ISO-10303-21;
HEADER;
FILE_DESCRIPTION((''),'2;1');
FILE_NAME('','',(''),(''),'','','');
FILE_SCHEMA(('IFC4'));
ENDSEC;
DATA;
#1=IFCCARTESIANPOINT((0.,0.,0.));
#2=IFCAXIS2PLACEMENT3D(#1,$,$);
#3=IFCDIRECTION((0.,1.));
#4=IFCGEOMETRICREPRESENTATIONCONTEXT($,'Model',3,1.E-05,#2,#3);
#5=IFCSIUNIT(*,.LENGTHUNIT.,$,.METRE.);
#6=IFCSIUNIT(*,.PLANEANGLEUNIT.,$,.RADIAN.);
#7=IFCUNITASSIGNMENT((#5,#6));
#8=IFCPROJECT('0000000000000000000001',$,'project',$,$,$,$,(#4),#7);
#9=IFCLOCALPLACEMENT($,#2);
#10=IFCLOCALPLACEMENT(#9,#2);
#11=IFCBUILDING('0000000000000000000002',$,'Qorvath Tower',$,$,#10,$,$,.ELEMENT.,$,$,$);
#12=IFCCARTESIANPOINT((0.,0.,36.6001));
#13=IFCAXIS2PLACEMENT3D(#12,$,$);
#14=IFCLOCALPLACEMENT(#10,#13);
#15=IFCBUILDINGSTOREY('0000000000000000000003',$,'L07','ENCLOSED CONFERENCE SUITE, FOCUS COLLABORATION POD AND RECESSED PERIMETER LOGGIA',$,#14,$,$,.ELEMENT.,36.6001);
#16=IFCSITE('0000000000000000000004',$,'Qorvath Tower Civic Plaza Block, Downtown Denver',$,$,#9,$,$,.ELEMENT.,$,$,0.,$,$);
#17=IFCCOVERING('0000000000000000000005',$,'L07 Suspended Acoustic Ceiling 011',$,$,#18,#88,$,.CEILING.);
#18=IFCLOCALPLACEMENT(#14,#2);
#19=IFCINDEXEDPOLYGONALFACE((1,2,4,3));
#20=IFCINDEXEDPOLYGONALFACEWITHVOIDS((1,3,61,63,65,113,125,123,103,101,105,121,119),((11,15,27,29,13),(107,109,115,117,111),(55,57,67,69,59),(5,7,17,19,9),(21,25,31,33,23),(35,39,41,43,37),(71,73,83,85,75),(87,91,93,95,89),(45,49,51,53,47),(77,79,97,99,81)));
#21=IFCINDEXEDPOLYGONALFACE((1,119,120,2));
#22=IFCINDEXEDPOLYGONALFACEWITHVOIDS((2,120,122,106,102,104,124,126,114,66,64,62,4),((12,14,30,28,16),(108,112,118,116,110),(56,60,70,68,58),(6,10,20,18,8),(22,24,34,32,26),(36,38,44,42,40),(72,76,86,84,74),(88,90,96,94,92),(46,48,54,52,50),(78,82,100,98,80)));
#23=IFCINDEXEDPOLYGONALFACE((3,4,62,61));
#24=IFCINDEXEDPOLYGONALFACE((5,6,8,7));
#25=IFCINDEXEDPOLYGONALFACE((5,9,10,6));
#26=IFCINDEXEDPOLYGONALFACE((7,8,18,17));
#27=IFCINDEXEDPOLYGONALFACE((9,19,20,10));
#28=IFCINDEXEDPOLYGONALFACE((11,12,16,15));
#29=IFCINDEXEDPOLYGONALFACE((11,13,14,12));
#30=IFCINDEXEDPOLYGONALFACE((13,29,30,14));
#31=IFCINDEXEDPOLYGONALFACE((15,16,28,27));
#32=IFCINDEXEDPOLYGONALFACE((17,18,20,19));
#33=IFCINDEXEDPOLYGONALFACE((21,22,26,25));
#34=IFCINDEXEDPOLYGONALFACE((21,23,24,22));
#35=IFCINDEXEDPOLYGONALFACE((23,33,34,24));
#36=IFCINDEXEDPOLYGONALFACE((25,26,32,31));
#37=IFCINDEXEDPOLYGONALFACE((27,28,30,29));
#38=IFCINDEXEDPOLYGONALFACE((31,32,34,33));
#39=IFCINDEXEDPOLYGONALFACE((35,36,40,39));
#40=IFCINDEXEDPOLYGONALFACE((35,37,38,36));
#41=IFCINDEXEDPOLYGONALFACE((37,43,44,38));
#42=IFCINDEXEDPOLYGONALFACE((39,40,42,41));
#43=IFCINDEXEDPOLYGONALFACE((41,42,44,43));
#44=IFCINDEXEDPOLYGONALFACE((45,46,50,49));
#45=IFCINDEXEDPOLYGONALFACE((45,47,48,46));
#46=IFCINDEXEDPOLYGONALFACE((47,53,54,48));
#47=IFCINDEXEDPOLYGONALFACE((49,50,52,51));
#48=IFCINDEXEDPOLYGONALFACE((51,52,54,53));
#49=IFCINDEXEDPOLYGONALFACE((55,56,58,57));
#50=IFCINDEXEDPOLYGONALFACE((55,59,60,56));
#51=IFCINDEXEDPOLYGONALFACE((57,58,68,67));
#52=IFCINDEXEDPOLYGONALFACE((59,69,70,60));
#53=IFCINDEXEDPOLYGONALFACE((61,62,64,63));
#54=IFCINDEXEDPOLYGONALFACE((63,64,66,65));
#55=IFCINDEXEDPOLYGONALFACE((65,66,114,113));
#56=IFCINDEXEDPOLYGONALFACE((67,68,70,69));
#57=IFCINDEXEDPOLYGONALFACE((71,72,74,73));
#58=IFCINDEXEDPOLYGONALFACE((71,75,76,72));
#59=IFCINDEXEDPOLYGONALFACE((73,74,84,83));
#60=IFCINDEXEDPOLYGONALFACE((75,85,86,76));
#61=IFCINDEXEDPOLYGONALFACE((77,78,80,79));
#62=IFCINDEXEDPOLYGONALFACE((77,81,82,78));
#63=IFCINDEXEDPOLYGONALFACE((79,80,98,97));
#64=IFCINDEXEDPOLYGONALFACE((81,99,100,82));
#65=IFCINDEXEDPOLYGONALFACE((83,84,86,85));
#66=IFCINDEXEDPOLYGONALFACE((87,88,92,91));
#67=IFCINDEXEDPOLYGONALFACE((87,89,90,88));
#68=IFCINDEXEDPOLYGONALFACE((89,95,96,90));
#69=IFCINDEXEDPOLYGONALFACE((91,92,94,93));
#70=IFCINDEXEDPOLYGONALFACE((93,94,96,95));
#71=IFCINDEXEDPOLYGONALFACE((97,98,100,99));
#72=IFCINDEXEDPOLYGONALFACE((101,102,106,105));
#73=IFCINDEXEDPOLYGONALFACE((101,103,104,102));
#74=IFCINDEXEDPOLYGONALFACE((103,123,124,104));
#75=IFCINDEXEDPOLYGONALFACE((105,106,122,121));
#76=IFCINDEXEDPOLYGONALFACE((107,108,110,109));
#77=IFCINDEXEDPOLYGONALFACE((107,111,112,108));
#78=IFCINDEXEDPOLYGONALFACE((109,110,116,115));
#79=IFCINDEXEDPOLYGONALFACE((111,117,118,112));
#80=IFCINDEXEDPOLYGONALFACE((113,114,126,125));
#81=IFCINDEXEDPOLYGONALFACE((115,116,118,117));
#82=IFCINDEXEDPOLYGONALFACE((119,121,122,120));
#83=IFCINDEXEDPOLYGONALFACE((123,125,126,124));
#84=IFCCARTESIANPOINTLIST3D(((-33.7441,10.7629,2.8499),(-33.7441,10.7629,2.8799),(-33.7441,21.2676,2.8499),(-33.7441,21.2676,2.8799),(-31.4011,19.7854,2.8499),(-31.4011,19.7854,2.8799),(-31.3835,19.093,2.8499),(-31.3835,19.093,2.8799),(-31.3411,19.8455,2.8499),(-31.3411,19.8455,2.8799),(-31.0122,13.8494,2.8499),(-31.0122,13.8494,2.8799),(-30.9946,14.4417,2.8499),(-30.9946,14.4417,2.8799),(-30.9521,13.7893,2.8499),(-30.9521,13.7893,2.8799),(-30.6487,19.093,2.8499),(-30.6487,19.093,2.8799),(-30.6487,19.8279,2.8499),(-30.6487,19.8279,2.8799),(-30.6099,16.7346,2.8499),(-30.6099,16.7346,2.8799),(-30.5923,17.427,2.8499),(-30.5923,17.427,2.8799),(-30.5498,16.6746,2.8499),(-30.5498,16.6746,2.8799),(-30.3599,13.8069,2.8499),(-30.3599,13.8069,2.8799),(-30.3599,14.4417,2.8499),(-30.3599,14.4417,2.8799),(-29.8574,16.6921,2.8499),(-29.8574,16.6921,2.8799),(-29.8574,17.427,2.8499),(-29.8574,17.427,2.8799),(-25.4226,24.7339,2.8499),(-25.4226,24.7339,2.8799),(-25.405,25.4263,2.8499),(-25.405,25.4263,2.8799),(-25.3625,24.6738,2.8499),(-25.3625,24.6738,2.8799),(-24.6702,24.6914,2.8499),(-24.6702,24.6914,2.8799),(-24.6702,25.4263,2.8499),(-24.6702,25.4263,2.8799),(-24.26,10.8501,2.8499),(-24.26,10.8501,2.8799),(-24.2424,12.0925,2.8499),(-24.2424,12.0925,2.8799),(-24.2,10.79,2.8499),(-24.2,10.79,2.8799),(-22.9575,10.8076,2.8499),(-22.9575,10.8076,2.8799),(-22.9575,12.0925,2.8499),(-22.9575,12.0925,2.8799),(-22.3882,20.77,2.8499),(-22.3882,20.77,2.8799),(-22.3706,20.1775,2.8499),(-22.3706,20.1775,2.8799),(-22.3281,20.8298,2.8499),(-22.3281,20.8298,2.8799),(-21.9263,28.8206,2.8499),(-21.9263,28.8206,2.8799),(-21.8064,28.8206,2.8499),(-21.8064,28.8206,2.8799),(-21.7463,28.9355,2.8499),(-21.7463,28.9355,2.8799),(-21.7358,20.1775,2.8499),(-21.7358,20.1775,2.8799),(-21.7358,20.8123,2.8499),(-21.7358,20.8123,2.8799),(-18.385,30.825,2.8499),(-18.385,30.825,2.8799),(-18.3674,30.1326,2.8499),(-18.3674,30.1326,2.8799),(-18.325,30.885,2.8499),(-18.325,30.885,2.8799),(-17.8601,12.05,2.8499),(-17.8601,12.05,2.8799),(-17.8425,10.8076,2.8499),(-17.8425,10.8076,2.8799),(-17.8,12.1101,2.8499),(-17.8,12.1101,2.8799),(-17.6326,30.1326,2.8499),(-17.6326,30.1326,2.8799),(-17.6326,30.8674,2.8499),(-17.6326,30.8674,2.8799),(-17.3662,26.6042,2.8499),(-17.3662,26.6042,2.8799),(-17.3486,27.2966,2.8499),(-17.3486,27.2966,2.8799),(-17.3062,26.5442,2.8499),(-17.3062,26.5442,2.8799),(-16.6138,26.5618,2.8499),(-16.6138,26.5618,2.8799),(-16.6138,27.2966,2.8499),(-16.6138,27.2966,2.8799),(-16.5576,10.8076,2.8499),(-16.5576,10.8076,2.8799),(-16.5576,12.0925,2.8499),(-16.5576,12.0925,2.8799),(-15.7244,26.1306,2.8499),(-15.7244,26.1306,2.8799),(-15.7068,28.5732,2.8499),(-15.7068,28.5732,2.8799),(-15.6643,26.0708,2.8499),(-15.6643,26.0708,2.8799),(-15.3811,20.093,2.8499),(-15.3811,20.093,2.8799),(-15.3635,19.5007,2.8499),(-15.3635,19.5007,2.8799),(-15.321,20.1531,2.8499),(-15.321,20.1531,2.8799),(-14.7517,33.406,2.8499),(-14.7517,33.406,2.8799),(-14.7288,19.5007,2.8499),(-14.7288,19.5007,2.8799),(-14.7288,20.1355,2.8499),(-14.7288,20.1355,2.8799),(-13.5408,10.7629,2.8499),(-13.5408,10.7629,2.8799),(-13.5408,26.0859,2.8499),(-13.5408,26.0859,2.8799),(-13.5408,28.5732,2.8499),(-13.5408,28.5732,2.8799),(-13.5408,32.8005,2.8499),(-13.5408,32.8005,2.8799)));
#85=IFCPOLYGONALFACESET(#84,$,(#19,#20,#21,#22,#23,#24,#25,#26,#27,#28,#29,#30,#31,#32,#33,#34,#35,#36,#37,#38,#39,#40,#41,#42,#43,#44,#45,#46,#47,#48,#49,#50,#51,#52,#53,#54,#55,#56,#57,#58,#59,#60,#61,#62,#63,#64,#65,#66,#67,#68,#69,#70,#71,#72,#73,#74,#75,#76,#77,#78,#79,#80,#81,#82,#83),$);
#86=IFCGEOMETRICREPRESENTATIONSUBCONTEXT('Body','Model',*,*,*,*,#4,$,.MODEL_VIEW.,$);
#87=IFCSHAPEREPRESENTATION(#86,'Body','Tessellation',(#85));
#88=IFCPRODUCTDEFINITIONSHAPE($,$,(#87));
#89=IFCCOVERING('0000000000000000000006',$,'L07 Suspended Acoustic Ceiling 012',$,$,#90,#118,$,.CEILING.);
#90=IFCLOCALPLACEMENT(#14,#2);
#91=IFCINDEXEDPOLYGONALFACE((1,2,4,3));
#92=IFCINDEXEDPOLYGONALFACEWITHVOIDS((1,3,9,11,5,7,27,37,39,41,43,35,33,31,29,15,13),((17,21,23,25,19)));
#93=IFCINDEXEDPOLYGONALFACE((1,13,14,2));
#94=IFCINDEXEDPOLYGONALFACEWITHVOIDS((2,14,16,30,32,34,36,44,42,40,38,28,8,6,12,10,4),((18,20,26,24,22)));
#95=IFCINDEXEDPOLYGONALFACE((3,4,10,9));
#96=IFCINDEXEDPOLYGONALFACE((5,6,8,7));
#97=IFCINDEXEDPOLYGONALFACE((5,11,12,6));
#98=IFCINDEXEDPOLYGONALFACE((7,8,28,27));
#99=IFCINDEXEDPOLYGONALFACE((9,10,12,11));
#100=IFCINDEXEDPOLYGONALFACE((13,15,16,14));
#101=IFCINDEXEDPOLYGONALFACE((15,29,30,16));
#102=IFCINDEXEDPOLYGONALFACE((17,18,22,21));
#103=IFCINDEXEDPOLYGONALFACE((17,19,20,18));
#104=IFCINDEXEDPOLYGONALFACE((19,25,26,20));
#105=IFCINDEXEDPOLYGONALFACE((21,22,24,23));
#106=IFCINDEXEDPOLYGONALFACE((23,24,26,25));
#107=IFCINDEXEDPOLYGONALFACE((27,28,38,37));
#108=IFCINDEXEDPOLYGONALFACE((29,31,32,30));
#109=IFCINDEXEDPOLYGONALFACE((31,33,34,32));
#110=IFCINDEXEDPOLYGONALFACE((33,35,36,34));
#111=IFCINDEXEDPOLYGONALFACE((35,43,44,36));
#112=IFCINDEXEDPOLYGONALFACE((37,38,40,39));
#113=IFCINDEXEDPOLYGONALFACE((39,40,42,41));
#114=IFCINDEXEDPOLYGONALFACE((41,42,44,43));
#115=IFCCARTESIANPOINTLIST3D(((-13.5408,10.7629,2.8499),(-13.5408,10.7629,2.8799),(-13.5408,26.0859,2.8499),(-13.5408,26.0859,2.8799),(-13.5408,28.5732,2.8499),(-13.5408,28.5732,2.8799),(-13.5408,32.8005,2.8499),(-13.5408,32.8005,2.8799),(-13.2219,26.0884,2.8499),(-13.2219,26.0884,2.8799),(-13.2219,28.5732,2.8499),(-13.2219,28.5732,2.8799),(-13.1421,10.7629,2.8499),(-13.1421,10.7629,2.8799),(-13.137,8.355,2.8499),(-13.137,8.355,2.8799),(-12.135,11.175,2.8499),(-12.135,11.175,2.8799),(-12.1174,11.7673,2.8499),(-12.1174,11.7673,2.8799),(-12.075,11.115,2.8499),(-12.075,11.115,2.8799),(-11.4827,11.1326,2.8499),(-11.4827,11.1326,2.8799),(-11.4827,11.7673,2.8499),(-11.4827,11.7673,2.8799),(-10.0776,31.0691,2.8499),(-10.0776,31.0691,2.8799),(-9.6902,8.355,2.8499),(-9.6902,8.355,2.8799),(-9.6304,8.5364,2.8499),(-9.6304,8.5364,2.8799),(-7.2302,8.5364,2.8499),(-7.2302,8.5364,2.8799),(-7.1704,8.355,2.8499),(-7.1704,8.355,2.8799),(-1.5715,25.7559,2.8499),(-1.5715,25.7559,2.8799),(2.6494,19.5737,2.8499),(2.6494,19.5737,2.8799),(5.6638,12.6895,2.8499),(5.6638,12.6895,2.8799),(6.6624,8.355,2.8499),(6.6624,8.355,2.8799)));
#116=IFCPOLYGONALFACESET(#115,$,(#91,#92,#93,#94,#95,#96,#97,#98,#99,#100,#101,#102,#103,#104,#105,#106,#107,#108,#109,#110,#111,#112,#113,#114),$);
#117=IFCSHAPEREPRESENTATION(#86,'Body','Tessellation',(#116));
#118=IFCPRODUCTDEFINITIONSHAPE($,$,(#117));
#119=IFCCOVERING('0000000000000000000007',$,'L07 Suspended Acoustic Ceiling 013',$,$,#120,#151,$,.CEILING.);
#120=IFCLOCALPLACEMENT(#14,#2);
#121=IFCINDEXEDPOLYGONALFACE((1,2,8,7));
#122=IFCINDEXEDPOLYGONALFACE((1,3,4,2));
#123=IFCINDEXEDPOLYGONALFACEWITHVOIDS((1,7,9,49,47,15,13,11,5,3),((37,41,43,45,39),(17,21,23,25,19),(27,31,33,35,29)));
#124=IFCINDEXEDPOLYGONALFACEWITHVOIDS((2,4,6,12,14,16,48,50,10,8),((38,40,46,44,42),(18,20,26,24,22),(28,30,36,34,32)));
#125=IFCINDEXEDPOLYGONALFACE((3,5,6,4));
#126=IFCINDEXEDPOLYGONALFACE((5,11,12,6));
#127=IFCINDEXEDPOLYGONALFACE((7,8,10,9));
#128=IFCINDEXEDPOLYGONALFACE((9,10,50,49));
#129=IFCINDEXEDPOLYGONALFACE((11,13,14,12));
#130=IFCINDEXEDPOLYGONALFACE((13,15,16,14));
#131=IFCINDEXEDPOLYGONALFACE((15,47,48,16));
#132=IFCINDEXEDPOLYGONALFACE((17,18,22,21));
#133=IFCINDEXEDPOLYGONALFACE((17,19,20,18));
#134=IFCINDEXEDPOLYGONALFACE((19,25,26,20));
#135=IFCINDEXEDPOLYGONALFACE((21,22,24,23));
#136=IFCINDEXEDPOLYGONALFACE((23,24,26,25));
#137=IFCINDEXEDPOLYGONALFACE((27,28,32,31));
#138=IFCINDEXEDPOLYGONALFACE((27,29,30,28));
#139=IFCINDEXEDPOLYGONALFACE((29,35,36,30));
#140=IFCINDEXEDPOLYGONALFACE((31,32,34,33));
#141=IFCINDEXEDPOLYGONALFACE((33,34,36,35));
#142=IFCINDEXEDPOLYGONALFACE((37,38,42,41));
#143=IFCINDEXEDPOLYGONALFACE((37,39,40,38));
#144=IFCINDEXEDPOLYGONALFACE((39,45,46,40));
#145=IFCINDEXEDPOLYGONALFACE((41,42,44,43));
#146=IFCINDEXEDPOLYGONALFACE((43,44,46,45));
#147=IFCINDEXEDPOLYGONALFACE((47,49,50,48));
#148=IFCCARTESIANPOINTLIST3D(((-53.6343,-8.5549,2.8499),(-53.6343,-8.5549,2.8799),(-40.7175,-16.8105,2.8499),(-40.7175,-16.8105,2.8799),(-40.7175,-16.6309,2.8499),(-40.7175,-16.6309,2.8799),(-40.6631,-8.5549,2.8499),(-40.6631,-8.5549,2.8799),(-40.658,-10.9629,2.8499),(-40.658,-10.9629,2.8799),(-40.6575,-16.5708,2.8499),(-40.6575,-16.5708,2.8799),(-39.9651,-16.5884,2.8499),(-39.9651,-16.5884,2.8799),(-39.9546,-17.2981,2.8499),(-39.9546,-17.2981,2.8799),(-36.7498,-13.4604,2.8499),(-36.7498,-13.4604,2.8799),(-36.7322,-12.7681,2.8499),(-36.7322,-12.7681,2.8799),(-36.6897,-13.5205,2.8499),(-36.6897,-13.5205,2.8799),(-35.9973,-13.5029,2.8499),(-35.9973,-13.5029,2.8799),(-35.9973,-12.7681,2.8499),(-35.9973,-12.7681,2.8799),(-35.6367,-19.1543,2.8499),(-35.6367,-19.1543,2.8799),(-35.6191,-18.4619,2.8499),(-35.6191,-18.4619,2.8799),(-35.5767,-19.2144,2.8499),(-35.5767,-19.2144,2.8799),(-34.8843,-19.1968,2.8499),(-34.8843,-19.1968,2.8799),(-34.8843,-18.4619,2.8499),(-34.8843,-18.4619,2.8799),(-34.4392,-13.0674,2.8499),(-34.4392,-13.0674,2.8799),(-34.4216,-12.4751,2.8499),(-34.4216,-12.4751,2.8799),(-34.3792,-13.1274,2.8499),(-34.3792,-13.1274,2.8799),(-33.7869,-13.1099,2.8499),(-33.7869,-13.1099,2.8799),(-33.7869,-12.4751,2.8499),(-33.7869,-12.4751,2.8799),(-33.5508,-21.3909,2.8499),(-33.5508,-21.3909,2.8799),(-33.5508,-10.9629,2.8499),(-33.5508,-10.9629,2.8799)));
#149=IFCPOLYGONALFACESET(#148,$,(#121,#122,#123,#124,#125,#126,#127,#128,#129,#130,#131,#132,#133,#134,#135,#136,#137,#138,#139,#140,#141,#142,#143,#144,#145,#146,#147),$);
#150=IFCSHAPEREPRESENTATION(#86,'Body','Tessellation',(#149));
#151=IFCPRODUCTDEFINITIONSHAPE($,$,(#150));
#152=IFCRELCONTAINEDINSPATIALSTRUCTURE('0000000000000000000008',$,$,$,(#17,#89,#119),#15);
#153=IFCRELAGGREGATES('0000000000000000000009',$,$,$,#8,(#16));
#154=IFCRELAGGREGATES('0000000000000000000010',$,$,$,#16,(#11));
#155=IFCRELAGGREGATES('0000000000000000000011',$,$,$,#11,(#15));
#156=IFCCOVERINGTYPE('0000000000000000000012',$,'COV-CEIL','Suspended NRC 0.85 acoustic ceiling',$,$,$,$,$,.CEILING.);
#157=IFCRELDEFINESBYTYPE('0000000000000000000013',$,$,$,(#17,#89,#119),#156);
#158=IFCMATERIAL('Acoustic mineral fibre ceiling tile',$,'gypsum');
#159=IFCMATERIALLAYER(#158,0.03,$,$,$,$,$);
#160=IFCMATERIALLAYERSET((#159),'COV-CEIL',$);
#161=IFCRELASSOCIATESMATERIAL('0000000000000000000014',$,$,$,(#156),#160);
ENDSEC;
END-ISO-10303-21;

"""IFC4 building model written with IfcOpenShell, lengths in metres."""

from ifc_helpers import new_model, si_unit, direction, frame, origin, place, context, subcontext, project, spatial, polyline, outline, extrude, material, layer, layer_set, type_object, element, save


model = new_model("IFC4")

# Units and contexts
model_context = context("Model", 3, precision=1e-05, world=origin(), true_north=direction((0.0, 1.0)))
body_context = subcontext(model_context, "Body", "Model", "MODEL_VIEW")
ifc_project = project(units=[si_unit("LENGTHUNIT", "METRE"), si_unit("PLANEANGLEUNIT", "RADIAN")], contexts=[model_context])

# Site, building, storey
site_placement = place(None, origin())
site = spatial("IfcSite", under=ifc_project, at=site_placement, Name="Qorvath Tower Civic Plaza Block, Downtown Denver", CompositionType="ELEMENT", RefElevation=0.0)
building_placement = place(site_placement, origin())
building = spatial("IfcBuilding", under=site, at=building_placement, Name="Qorvath Tower", CompositionType="ELEMENT")
storey_placement = place(building_placement, frame((0.0, 0.0, 36.6001)))
storey = spatial("IfcBuildingStorey", under=building, at=storey_placement, Name="L07", Description="ENCLOSED CONFERENCE SUITE, FOCUS COLLABORATION POD AND RECESSED PERIMETER LOGGIA", CompositionType="ELEMENT", Elevation=36.6001)

# Coverings
ifc_material_1 = material(Name="Acoustic mineral fibre ceiling tile", Category="gypsum")
ifc_layer_1 = layer(ifc_material_1, 0.03)
ifc_layer_set_1 = layer_set([ifc_layer_1], Name="COV-CEIL")
covering_type_1 = type_object("IfcCoveringType", Name="COV-CEIL", Description="Suspended NRC 0.85 acoustic ceiling", PredefinedType="CEILING", material=ifc_layer_set_1)
covering_1_placement = place(storey_placement, frame((0.0, 0.0, 2.8499)))
element("IfcCovering", 1, at=covering_1_placement, inside=storey, type_object=covering_type_1, Name="L07 Suspended Acoustic Ceiling 011", PredefinedType="CEILING", context=body_context, shape_type="SweptSolid", body=[
    extrude(outline(polyline([(-21.8064, 28.8206), (-21.9263, 28.8206), (-33.7441, 21.2676), (-33.7441, 10.7629), (-13.5408, 10.7629), (-13.5408, 26.0859), (-15.6643, 26.0708), (-15.7244, 26.1306), (-15.7068, 28.5732), (-13.5408, 28.5732), (-13.5408, 32.8005), (-14.7517, 33.406), (-21.7463, 28.9355), (-21.8064, 28.8206)]), holes=[polyline([(-15.3811, 20.093), (-15.321, 20.1531), (-14.7288, 20.1355), (-14.7288, 19.5007), (-15.3635, 19.5007), (-15.3811, 20.093)]), polyline([(-17.8601, 12.05), (-17.8, 12.1101), (-16.5576, 12.0925), (-16.5576, 10.8076), (-17.8425, 10.8076), (-17.8601, 12.05)]), polyline([(-17.3662, 26.6042), (-17.3486, 27.2966), (-16.6138, 27.2966), (-16.6138, 26.5618), (-17.3062, 26.5442), (-17.3662, 26.6042)]), polyline([(-18.385, 30.825), (-18.325, 30.885), (-17.6326, 30.8674), (-17.6326, 30.1326), (-18.3674, 30.1326), (-18.385, 30.825)]), polyline([(-22.3882, 20.77), (-22.3281, 20.8298), (-21.7358, 20.8123), (-21.7358, 20.1775), (-22.3706, 20.1775), (-22.3882, 20.77)]), polyline([(-24.26, 10.8501), (-24.2424, 12.0925), (-22.9575, 12.0925), (-22.9575, 10.8076), (-24.2, 10.79), (-24.26, 10.8501)]), polyline([(-25.4226, 24.7339), (-25.405, 25.4263), (-24.6702, 25.4263), (-24.6702, 24.6914), (-25.3625, 24.6738), (-25.4226, 24.7339)]), polyline([(-30.6099, 16.7346), (-30.5923, 17.427), (-29.8574, 17.427), (-29.8574, 16.6921), (-30.5498, 16.6746), (-30.6099, 16.7346)]), polyline([(-31.0122, 13.8494), (-30.9946, 14.4417), (-30.3599, 14.4417), (-30.3599, 13.8069), (-30.9521, 13.7893), (-31.0122, 13.8494)]), polyline([(-31.4011, 19.7854), (-31.3411, 19.8455), (-30.6487, 19.8279), (-30.6487, 19.093), (-31.3835, 19.093), (-31.4011, 19.7854)])]), origin(), (0.0, 0.0, 1.0), 0.03),
])
covering_2_placement = place(storey_placement, frame((0.0, 0.0, 2.8499)))
element("IfcCovering", 2, at=covering_2_placement, inside=storey, type_object=covering_type_1, Name="L07 Suspended Acoustic Ceiling 012", PredefinedType="CEILING", context=body_context, shape_type="SweptSolid", body=[
    extrude(outline(polyline([(-13.5408, 32.8005), (-13.5408, 28.5732), (-13.2219, 28.5732), (-13.2219, 26.0884), (-13.5408, 26.0859), (-13.5408, 10.7629), (-13.1421, 10.7629), (-13.137, 8.355), (-9.6902, 8.355), (-9.6304, 8.5364), (-7.2302, 8.5364), (-7.1704, 8.355), (6.6624, 8.355), (5.6638, 12.6895), (2.6494, 19.5737), (-1.5715, 25.7559), (-10.0776, 31.0691), (-13.5408, 32.8005)]), holes=[polyline([(-12.135, 11.175), (-12.1174, 11.7673), (-11.4827, 11.7673), (-11.4827, 11.1326), (-12.075, 11.115), (-12.135, 11.175)])]), origin(), (0.0, 0.0, 1.0), 0.03),
])
covering_3_placement = place(storey_placement, frame((0.0, 0.0, 2.8499)))
element("IfcCovering", 3, at=covering_3_placement, inside=storey, type_object=covering_type_1, Name="L07 Suspended Acoustic Ceiling 013", PredefinedType="CEILING", context=body_context, shape_type="SweptSolid", body=[
    extrude(outline(polyline([(-33.5508, -21.3909), (-33.5508, -10.9629), (-40.658, -10.9629), (-40.6631, -8.5549), (-53.6343, -8.5549), (-40.7175, -16.8105), (-40.7175, -16.6309), (-40.6575, -16.5708), (-39.9651, -16.5884), (-39.9546, -17.2981), (-33.5508, -21.3909)]), holes=[polyline([(-34.4392, -13.0674), (-34.4216, -12.4751), (-33.7869, -12.4751), (-33.7869, -13.1099), (-34.3792, -13.1274), (-34.4392, -13.0674)]), polyline([(-35.6367, -19.1543), (-35.6191, -18.4619), (-34.8843, -18.4619), (-34.8843, -19.1968), (-35.5767, -19.2144), (-35.6367, -19.1543)]), polyline([(-36.7498, -13.4604), (-36.7322, -12.7681), (-35.9973, -12.7681), (-35.9973, -13.5029), (-36.6897, -13.5205), (-36.7498, -13.4604)])]), origin(), (0.0, 0.0, 1.0), 0.03),
])

save(model, "model.ifc")
